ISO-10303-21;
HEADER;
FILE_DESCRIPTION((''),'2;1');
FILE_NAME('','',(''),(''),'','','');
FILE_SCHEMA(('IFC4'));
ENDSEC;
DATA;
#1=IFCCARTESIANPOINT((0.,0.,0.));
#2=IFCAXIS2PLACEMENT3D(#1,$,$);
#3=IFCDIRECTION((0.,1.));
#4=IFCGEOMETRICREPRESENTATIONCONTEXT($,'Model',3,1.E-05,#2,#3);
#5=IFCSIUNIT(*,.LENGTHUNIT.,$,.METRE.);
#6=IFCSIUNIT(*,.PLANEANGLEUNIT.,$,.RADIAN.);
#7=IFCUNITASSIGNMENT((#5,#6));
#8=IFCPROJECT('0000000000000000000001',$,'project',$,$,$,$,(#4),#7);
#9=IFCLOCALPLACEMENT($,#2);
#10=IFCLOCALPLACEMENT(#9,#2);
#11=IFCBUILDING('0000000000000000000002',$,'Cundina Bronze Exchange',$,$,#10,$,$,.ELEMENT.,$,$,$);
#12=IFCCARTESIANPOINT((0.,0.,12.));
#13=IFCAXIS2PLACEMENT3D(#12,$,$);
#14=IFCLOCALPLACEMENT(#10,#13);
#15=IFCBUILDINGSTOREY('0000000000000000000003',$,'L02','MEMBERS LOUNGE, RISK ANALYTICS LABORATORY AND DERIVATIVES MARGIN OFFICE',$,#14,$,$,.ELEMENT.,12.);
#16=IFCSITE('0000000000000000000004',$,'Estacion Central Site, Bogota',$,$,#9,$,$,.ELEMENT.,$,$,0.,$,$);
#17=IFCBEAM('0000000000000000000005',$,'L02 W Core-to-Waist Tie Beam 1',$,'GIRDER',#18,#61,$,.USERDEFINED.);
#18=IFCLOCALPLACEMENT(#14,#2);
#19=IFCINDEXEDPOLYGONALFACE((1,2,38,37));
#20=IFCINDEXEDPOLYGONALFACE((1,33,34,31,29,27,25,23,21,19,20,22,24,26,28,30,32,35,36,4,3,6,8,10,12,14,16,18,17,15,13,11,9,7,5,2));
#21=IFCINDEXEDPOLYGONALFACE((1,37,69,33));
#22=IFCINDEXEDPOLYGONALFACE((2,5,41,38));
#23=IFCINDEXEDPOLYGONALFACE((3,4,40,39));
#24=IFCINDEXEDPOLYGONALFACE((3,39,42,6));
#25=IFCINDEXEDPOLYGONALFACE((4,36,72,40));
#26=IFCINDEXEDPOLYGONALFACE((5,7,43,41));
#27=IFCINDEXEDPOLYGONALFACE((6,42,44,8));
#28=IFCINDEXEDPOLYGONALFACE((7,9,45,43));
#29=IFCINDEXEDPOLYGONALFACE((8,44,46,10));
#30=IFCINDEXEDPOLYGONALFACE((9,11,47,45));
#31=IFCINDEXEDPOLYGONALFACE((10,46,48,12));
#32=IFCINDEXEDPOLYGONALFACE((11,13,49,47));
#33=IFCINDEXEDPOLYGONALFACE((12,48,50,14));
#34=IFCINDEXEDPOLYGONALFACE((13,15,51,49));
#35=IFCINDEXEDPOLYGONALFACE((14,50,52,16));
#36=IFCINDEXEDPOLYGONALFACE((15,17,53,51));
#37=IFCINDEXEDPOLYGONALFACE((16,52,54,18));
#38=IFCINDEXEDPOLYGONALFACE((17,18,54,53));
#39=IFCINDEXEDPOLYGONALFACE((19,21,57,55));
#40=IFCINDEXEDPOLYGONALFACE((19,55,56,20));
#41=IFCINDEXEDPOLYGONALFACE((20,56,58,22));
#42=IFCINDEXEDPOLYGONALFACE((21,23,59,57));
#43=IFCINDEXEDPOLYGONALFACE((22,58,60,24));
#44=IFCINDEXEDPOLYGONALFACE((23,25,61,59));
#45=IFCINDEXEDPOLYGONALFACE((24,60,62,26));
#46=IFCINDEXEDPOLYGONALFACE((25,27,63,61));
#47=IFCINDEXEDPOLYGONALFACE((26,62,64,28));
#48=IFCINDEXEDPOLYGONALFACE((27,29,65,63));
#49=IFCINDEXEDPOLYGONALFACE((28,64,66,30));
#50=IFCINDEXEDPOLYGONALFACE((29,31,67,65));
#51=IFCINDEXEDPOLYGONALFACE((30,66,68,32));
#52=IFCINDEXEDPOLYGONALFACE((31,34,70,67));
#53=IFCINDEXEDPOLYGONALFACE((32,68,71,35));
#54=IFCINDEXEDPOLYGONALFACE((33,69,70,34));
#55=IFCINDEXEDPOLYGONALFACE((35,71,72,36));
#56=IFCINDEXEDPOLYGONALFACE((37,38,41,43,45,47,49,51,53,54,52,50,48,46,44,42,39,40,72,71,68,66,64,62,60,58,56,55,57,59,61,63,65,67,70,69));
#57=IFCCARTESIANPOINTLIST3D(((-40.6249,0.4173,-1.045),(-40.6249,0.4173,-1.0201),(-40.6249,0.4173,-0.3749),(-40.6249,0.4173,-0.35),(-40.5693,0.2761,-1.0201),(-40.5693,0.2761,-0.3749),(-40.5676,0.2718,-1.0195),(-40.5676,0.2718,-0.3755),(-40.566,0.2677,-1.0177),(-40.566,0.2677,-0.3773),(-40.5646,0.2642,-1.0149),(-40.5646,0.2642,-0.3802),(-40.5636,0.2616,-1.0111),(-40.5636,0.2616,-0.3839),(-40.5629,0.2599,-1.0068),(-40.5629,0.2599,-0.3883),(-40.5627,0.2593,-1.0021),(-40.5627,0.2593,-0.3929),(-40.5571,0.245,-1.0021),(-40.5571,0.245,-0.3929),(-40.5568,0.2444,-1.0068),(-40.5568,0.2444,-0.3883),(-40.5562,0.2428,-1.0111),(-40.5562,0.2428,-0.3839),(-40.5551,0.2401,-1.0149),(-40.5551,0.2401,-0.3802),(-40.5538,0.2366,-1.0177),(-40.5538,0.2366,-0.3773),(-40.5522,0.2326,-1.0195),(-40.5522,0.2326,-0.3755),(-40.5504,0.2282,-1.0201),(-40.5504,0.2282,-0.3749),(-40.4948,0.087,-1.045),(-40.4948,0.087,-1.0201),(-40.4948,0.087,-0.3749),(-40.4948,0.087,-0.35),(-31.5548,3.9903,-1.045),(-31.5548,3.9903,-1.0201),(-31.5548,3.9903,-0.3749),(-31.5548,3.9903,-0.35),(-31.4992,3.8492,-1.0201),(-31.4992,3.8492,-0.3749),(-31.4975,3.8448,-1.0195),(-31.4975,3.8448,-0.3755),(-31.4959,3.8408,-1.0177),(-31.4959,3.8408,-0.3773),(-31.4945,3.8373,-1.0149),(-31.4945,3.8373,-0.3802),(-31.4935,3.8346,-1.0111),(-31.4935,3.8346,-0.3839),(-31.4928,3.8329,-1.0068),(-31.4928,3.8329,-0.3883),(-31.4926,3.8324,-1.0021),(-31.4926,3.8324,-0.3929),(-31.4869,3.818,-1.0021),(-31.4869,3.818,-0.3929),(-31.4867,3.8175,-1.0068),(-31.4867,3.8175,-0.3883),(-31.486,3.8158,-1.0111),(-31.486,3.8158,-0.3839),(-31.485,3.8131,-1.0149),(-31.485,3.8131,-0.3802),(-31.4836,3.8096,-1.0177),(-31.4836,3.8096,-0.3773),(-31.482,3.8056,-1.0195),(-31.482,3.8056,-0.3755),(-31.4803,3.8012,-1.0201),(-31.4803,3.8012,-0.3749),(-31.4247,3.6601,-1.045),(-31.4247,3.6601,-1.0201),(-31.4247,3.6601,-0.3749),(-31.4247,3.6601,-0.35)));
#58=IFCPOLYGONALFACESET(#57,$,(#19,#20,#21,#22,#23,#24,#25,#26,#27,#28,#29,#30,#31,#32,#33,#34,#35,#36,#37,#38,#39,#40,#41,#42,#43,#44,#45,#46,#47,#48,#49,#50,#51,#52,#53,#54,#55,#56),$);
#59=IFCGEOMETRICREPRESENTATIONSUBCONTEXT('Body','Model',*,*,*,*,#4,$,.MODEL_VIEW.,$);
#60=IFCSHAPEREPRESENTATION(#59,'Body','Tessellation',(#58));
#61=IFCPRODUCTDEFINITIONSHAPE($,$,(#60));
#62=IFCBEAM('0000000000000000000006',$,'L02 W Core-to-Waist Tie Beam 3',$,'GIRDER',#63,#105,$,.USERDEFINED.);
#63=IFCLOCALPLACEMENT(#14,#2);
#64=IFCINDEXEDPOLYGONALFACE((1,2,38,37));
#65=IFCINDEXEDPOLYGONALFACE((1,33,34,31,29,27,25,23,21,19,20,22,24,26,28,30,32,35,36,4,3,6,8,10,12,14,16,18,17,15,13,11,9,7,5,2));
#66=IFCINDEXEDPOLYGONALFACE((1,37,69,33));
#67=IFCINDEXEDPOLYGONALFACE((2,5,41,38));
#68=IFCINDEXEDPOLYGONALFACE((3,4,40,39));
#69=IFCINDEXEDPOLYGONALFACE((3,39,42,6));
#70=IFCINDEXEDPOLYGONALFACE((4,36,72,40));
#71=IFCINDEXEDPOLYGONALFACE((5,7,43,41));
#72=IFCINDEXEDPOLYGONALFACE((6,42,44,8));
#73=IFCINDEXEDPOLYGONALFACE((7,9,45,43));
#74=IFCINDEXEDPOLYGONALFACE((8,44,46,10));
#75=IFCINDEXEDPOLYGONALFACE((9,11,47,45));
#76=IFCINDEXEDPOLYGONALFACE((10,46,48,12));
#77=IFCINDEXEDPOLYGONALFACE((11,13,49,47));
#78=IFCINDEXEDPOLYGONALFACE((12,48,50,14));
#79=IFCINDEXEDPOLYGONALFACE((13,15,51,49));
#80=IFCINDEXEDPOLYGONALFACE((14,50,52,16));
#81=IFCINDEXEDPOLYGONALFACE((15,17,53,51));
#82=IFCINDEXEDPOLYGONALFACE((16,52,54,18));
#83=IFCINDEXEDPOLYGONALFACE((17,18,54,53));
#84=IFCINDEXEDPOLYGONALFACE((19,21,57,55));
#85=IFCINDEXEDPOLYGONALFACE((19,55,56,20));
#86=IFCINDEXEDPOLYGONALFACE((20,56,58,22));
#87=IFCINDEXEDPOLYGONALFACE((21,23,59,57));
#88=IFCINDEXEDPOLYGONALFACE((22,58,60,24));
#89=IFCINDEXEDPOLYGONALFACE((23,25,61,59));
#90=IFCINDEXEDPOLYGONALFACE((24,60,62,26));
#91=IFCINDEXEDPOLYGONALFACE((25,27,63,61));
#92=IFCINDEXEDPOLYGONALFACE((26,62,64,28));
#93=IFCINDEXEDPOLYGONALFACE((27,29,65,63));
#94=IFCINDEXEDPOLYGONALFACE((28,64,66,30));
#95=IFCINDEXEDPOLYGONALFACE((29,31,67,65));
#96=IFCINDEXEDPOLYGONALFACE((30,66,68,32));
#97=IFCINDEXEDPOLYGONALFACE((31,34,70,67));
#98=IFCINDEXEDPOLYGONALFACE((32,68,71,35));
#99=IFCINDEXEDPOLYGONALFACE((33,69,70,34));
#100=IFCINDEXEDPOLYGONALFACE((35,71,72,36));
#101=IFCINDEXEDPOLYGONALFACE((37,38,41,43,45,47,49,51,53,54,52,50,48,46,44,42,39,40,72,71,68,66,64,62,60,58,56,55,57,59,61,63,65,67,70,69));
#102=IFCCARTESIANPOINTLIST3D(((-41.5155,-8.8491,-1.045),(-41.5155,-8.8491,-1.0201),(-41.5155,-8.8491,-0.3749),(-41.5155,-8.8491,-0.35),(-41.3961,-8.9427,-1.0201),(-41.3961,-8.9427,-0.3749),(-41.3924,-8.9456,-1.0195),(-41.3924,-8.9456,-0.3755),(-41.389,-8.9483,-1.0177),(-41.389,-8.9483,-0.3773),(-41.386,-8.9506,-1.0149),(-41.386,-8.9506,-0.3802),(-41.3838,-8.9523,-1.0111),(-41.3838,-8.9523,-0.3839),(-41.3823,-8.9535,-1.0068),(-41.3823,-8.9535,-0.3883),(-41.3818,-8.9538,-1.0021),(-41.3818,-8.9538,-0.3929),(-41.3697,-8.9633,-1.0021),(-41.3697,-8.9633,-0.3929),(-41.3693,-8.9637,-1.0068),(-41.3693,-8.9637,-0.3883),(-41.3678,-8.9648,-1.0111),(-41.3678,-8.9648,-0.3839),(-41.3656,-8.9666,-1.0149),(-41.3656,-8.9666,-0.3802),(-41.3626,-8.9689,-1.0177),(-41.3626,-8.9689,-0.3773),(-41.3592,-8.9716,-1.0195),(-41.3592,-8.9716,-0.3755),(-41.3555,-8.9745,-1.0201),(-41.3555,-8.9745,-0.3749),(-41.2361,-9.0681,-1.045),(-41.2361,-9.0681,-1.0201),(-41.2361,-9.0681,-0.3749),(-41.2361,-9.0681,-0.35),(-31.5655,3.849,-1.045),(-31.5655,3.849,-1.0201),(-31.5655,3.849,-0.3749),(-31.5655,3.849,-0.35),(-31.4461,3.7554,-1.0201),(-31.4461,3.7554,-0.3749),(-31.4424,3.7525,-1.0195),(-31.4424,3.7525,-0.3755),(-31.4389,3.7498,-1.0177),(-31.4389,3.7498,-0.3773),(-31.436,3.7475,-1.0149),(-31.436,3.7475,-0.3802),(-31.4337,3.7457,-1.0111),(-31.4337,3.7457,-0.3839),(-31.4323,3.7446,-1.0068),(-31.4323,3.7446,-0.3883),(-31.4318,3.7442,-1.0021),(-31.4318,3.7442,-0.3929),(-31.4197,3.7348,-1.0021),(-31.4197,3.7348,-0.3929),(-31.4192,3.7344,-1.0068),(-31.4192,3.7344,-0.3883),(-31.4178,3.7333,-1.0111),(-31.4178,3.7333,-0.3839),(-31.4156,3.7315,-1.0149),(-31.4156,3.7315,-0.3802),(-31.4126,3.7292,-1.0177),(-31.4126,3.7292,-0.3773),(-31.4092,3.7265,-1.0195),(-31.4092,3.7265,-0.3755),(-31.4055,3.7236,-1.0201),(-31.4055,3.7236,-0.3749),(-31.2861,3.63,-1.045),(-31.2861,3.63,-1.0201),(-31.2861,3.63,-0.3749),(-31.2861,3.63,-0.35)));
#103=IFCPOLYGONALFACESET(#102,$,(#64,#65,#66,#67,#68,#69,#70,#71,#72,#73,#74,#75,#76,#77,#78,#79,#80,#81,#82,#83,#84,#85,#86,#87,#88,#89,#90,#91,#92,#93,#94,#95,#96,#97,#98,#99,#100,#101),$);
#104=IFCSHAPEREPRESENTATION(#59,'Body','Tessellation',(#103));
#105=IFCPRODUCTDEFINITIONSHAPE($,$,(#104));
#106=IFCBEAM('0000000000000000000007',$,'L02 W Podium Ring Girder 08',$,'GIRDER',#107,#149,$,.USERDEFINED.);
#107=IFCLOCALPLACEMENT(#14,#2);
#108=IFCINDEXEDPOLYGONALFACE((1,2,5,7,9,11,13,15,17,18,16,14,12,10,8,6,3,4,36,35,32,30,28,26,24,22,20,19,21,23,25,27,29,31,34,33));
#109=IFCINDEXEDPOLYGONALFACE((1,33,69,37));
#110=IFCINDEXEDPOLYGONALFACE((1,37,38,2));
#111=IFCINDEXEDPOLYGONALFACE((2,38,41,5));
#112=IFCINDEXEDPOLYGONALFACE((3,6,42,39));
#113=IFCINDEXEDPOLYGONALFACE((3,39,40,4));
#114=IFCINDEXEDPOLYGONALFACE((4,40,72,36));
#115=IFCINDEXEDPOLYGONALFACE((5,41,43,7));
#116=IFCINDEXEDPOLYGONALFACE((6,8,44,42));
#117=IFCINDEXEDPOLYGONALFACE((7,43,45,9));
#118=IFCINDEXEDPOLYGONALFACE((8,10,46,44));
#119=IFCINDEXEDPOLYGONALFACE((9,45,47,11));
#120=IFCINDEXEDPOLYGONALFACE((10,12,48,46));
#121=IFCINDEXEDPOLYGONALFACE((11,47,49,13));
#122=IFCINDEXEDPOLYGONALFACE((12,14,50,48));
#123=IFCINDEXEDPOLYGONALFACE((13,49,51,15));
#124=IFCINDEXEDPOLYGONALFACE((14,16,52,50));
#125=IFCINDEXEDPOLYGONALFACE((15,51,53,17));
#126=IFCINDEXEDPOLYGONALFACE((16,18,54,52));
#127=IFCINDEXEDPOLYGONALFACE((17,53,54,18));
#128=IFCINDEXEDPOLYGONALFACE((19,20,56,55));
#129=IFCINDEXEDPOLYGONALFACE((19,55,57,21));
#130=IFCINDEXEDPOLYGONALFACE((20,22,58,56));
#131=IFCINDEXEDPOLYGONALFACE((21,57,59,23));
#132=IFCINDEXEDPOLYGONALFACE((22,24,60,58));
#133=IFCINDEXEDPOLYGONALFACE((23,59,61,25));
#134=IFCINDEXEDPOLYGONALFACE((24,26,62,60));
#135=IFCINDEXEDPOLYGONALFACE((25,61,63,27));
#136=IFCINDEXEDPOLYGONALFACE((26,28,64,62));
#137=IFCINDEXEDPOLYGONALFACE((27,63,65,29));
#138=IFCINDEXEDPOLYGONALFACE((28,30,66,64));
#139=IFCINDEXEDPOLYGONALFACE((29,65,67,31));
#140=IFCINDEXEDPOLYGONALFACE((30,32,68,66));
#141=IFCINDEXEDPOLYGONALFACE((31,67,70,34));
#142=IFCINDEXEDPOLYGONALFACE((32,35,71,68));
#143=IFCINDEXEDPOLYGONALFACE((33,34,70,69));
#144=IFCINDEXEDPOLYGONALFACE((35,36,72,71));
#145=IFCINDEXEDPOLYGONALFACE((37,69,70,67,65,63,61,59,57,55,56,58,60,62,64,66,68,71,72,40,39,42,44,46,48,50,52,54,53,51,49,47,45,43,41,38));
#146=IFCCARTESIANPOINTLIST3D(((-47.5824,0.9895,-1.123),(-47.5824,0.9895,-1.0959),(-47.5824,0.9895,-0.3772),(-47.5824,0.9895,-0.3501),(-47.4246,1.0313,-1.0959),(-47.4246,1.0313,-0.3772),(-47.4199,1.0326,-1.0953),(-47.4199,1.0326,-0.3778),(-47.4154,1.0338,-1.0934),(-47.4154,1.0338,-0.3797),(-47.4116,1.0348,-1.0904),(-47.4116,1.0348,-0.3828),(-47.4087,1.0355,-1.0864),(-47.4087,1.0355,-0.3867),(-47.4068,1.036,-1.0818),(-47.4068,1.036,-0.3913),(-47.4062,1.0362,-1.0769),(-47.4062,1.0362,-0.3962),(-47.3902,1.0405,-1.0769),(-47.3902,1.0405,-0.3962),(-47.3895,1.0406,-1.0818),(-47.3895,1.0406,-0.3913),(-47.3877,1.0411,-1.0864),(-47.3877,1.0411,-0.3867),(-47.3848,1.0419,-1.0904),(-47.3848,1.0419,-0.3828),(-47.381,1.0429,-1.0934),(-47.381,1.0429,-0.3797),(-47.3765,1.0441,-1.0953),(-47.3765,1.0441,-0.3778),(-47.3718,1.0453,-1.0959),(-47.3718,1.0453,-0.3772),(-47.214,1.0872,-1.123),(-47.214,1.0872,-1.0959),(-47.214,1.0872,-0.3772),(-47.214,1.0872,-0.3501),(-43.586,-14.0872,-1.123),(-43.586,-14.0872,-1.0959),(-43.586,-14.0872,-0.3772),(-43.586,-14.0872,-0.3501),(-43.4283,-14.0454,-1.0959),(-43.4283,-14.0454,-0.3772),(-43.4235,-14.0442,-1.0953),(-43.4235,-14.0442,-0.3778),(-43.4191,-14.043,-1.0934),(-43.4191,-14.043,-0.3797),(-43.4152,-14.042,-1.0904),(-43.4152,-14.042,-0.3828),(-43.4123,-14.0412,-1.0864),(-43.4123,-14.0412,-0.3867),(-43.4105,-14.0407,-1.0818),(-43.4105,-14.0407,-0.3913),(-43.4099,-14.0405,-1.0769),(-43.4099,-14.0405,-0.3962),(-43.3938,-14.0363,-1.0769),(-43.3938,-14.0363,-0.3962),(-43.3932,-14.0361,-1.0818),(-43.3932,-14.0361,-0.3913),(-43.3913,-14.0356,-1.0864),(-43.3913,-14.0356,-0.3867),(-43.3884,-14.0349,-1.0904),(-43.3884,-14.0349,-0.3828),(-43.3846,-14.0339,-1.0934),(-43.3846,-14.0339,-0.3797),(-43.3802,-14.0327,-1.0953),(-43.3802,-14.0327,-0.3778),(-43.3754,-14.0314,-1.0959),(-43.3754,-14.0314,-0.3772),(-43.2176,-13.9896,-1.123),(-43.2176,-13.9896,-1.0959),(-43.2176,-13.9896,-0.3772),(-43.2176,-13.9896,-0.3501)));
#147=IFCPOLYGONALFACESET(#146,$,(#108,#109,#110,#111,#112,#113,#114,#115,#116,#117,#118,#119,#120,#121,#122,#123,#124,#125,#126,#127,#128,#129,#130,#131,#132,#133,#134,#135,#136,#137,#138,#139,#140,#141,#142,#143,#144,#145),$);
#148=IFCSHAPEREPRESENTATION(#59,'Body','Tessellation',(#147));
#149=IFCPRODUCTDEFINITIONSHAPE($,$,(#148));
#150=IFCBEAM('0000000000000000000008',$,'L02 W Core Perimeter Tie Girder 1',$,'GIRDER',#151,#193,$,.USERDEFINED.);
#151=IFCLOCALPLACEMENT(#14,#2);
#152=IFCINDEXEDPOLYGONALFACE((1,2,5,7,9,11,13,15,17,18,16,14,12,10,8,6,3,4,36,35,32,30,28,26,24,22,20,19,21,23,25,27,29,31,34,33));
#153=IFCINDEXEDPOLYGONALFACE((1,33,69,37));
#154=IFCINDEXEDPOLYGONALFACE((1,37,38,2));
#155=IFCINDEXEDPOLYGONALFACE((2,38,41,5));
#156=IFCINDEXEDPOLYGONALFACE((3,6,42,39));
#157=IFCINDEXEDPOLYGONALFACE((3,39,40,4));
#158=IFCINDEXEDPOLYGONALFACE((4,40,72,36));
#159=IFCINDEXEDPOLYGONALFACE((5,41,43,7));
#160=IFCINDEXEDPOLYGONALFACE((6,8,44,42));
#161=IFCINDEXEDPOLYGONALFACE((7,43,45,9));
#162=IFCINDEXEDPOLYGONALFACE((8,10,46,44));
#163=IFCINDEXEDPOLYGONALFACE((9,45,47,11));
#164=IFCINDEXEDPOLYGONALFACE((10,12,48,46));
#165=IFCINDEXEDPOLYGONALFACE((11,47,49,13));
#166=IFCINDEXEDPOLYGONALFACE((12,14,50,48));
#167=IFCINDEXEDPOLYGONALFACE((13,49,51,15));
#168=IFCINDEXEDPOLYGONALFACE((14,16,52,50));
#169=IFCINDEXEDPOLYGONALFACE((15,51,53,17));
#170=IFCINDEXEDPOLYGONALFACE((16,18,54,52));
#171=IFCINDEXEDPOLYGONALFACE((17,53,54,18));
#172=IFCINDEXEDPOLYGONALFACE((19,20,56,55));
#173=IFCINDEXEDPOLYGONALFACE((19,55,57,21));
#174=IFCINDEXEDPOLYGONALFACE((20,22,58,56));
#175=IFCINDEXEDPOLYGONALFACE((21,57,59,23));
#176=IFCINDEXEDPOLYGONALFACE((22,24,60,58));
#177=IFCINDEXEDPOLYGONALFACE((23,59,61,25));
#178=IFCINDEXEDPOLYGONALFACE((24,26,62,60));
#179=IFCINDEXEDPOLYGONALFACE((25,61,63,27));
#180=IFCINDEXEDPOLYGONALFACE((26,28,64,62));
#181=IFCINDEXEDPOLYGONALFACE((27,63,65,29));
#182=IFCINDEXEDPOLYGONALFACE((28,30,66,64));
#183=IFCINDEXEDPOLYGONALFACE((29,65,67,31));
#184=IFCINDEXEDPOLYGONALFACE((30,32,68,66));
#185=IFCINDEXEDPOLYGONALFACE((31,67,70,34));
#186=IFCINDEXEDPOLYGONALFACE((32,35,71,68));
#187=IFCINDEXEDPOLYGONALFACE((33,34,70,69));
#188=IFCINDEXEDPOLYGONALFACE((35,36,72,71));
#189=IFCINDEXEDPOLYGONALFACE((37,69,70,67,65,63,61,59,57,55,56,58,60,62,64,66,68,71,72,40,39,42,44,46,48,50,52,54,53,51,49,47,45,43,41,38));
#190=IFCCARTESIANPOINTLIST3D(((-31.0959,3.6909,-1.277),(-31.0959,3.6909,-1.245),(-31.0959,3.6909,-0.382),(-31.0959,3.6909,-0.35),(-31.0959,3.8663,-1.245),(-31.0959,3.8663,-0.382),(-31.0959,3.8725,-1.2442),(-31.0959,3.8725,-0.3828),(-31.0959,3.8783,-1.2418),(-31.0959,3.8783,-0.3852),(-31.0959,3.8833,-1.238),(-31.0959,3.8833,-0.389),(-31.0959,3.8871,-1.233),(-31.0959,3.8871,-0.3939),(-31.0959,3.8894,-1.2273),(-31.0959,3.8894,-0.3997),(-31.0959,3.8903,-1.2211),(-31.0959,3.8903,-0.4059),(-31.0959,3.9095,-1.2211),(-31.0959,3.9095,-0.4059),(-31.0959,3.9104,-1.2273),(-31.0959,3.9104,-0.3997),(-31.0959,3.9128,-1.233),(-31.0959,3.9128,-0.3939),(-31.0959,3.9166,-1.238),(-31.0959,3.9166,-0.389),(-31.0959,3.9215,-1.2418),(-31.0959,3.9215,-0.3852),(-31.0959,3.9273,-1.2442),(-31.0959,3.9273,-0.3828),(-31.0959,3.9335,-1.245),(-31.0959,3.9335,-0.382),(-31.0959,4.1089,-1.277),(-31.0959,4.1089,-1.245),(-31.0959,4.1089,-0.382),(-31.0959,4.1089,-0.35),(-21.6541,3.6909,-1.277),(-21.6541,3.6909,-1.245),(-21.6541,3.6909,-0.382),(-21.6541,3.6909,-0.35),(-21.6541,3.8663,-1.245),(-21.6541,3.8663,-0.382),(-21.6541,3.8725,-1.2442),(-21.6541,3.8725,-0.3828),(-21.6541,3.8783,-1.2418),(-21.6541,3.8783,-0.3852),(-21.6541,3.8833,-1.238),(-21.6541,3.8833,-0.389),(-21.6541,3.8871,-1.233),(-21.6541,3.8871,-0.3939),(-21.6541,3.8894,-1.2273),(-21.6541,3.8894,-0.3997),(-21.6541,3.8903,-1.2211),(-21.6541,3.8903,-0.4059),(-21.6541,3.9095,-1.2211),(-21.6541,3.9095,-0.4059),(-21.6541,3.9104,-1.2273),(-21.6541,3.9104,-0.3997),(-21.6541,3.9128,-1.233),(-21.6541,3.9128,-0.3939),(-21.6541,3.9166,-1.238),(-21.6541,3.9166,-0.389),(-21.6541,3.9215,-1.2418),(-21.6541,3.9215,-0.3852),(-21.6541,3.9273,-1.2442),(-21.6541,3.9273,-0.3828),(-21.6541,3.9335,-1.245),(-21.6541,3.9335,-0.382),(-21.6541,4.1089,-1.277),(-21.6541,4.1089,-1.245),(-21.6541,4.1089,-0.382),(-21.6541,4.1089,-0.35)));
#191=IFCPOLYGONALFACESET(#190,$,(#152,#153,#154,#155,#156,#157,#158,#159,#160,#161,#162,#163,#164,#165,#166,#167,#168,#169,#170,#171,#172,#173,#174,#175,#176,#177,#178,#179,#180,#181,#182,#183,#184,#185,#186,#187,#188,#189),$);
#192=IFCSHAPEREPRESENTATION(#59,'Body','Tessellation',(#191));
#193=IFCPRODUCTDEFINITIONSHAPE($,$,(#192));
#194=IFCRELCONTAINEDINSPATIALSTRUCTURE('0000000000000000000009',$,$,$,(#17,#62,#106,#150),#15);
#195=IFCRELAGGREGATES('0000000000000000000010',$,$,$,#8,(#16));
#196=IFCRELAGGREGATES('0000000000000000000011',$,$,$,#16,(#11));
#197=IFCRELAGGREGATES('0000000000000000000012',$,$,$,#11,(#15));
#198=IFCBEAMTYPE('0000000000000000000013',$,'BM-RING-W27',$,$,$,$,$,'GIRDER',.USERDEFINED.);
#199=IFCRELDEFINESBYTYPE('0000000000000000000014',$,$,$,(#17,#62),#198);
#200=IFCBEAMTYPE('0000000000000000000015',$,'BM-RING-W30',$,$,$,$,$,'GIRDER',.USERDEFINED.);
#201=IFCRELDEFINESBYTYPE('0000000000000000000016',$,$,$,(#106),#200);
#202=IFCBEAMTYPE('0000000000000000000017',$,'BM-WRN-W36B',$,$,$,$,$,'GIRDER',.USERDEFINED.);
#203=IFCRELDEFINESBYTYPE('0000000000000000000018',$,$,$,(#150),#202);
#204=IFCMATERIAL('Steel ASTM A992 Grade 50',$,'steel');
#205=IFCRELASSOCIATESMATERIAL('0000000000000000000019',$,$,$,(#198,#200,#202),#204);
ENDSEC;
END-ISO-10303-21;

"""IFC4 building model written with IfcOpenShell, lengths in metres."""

from ifc_helpers import new_model, si_unit, direction, frame, origin, origin_2d, place, context, subcontext, project, spatial, i_section, extrude, material, material_profile, profile_set, type_object, element, save


model = new_model("IFC4")

# Units and contexts
model_context = context("Model", 3, precision=1e-05, world=origin(), true_north=direction((0.0, 1.0)))
body_context = subcontext(model_context, "Body", "Model", "MODEL_VIEW")
ifc_project = project(units=[si_unit("LENGTHUNIT", "METRE"), si_unit("PLANEANGLEUNIT", "RADIAN")], contexts=[model_context])

# Site, building, storey
site_placement = place(None, origin())
site = spatial("IfcSite", under=ifc_project, at=site_placement, Name="Estacion Central Site, Bogota", CompositionType="ELEMENT", RefElevation=0.0)
building_placement = place(site_placement, origin())
building = spatial("IfcBuilding", under=site, at=building_placement, Name="Cundina Bronze Exchange", CompositionType="ELEMENT")
storey_placement = place(building_placement, frame((0.0, 0.0, 12.0)))
storey = spatial("IfcBuildingStorey", under=building, at=storey_placement, Name="L02", Description="MEMBERS LOUNGE, RISK ANALYTICS LABORATORY AND DERIVATIVES MARGIN OFFICE", CompositionType="ELEMENT", Elevation=12.0)

# Shared definitions
ifc_material_1 = material(Name="Steel ASTM A992 Grade 50", Category="steel")

# Beams
ifc_material_profile_1 = material_profile(ifc_material_1, i_section(OverallWidth=0.355, OverallDepth=0.6951, WebThickness=0.0154, FlangeThickness=0.0249, FilletRadius=0.0181, at=origin_2d()), Name="W27X146", Category="steel")
ifc_profile_set_1 = profile_set([ifc_material_profile_1], Name="Steel ASTM A992 Grade 50")
beam_type_1 = type_object("IfcBeamType", Name="BM-RING-W27", ElementType="GIRDER", PredefinedType="USERDEFINED", material=ifc_profile_set_1)
beam_1_placement = place(storey_placement, frame((-31.4897, 3.8252, -0.6975), z_axis=(-0.93041, -0.366519, 0.0), x_axis=(0.366519, -0.93041, 0.0)))
element("IfcBeam", 1, at=beam_1_placement, inside=storey, type_object=beam_type_1, Name="L02 W Core-to-Waist Tie Beam 1", ObjectType="GIRDER", PredefinedType="USERDEFINED", context=body_context, shape_type="SweptSolid", body=[
    extrude(i_section(OverallWidth=0.355, OverallDepth=0.6951, WebThickness=0.0154, FlangeThickness=0.0249, FilletRadius=0.0181, at=origin_2d()), origin(), (0.0, 0.0, 1.0), 9.7485),
])
beam_2_placement = place(storey_placement, frame((-31.4258, 3.7395, -0.6975), z_axis=(-0.616784, -0.787132, 0.0), x_axis=(0.787132, -0.616784, 0.0)))
element("IfcBeam", 2, at=beam_2_placement, inside=storey, type_object=beam_type_1, Name="L02 W Core-to-Waist Tie Beam 3", ObjectType="GIRDER", PredefinedType="USERDEFINED", context=body_context, shape_type="SweptSolid", body=[
    extrude(i_section(OverallWidth=0.355, OverallDepth=0.6951, WebThickness=0.0154, FlangeThickness=0.0249, FilletRadius=0.0181, at=origin_2d()), origin(), (0.0, 0.0, 1.0), 16.1321),
])
ifc_material_profile_2 = material_profile(ifc_material_1, i_section(OverallWidth=0.3811, OverallDepth=0.7729, WebThickness=0.0166, FlangeThickness=0.0271, FilletRadius=0.019, at=origin_2d()), Name="W30X173", Category="steel")
ifc_profile_set_2 = profile_set([ifc_material_profile_2], Name="Steel ASTM A992 Grade 50")
beam_type_2 = type_object("IfcBeamType", Name="BM-RING-W30", ElementType="GIRDER", PredefinedType="USERDEFINED", material=ifc_profile_set_2)
beam_3_placement = place(storey_placement, frame((-47.3982, 1.0383, -0.7366), z_axis=(0.25622, -0.966619, 0.0), x_axis=(0.966619, 0.25622, 0.0)))
element("IfcBeam", 3, at=beam_3_placement, inside=storey, type_object=beam_type_2, Name="L02 W Podium Ring Girder 08", ObjectType="GIRDER", PredefinedType="USERDEFINED", context=body_context, shape_type="SweptSolid", body=[
    extrude(i_section(OverallWidth=0.3811, OverallDepth=0.7729, WebThickness=0.0166, FlangeThickness=0.0271, FilletRadius=0.019, at=origin_2d()), origin(), (0.0, 0.0, 1.0), 15.5974),
])
ifc_material_profile_3 = material_profile(ifc_material_1, i_section(OverallWidth=0.418, OverallDepth=0.927, WebThickness=0.0193, FlangeThickness=0.032, FilletRadius=0.0239, at=origin_2d()), Name="W36X231", Category="steel")
ifc_profile_set_3 = profile_set([ifc_material_profile_3], Name="Steel ASTM A992 Grade 50")
beam_type_3 = type_object("IfcBeamType", Name="BM-WRN-W36B", ElementType="GIRDER", PredefinedType="USERDEFINED", material=ifc_profile_set_3)
beam_4_placement = place(storey_placement, frame((-31.0959, 3.8999, -0.8135), z_axis=(1.0, 0.0, 0.0), x_axis=(0.0, 1.0, 0.0)))
element("IfcBeam", 4, at=beam_4_placement, inside=storey, type_object=beam_type_3, Name="L02 W Core Perimeter Tie Girder 1", ObjectType="GIRDER", PredefinedType="USERDEFINED", context=body_context, shape_type="SweptSolid", body=[
    extrude(i_section(OverallWidth=0.418, OverallDepth=0.927, WebThickness=0.0193, FlangeThickness=0.032, FilletRadius=0.0239, at=origin_2d()), origin(), (0.0, 0.0, 1.0), 9.4419),
])

save(model, "model.ifc")
